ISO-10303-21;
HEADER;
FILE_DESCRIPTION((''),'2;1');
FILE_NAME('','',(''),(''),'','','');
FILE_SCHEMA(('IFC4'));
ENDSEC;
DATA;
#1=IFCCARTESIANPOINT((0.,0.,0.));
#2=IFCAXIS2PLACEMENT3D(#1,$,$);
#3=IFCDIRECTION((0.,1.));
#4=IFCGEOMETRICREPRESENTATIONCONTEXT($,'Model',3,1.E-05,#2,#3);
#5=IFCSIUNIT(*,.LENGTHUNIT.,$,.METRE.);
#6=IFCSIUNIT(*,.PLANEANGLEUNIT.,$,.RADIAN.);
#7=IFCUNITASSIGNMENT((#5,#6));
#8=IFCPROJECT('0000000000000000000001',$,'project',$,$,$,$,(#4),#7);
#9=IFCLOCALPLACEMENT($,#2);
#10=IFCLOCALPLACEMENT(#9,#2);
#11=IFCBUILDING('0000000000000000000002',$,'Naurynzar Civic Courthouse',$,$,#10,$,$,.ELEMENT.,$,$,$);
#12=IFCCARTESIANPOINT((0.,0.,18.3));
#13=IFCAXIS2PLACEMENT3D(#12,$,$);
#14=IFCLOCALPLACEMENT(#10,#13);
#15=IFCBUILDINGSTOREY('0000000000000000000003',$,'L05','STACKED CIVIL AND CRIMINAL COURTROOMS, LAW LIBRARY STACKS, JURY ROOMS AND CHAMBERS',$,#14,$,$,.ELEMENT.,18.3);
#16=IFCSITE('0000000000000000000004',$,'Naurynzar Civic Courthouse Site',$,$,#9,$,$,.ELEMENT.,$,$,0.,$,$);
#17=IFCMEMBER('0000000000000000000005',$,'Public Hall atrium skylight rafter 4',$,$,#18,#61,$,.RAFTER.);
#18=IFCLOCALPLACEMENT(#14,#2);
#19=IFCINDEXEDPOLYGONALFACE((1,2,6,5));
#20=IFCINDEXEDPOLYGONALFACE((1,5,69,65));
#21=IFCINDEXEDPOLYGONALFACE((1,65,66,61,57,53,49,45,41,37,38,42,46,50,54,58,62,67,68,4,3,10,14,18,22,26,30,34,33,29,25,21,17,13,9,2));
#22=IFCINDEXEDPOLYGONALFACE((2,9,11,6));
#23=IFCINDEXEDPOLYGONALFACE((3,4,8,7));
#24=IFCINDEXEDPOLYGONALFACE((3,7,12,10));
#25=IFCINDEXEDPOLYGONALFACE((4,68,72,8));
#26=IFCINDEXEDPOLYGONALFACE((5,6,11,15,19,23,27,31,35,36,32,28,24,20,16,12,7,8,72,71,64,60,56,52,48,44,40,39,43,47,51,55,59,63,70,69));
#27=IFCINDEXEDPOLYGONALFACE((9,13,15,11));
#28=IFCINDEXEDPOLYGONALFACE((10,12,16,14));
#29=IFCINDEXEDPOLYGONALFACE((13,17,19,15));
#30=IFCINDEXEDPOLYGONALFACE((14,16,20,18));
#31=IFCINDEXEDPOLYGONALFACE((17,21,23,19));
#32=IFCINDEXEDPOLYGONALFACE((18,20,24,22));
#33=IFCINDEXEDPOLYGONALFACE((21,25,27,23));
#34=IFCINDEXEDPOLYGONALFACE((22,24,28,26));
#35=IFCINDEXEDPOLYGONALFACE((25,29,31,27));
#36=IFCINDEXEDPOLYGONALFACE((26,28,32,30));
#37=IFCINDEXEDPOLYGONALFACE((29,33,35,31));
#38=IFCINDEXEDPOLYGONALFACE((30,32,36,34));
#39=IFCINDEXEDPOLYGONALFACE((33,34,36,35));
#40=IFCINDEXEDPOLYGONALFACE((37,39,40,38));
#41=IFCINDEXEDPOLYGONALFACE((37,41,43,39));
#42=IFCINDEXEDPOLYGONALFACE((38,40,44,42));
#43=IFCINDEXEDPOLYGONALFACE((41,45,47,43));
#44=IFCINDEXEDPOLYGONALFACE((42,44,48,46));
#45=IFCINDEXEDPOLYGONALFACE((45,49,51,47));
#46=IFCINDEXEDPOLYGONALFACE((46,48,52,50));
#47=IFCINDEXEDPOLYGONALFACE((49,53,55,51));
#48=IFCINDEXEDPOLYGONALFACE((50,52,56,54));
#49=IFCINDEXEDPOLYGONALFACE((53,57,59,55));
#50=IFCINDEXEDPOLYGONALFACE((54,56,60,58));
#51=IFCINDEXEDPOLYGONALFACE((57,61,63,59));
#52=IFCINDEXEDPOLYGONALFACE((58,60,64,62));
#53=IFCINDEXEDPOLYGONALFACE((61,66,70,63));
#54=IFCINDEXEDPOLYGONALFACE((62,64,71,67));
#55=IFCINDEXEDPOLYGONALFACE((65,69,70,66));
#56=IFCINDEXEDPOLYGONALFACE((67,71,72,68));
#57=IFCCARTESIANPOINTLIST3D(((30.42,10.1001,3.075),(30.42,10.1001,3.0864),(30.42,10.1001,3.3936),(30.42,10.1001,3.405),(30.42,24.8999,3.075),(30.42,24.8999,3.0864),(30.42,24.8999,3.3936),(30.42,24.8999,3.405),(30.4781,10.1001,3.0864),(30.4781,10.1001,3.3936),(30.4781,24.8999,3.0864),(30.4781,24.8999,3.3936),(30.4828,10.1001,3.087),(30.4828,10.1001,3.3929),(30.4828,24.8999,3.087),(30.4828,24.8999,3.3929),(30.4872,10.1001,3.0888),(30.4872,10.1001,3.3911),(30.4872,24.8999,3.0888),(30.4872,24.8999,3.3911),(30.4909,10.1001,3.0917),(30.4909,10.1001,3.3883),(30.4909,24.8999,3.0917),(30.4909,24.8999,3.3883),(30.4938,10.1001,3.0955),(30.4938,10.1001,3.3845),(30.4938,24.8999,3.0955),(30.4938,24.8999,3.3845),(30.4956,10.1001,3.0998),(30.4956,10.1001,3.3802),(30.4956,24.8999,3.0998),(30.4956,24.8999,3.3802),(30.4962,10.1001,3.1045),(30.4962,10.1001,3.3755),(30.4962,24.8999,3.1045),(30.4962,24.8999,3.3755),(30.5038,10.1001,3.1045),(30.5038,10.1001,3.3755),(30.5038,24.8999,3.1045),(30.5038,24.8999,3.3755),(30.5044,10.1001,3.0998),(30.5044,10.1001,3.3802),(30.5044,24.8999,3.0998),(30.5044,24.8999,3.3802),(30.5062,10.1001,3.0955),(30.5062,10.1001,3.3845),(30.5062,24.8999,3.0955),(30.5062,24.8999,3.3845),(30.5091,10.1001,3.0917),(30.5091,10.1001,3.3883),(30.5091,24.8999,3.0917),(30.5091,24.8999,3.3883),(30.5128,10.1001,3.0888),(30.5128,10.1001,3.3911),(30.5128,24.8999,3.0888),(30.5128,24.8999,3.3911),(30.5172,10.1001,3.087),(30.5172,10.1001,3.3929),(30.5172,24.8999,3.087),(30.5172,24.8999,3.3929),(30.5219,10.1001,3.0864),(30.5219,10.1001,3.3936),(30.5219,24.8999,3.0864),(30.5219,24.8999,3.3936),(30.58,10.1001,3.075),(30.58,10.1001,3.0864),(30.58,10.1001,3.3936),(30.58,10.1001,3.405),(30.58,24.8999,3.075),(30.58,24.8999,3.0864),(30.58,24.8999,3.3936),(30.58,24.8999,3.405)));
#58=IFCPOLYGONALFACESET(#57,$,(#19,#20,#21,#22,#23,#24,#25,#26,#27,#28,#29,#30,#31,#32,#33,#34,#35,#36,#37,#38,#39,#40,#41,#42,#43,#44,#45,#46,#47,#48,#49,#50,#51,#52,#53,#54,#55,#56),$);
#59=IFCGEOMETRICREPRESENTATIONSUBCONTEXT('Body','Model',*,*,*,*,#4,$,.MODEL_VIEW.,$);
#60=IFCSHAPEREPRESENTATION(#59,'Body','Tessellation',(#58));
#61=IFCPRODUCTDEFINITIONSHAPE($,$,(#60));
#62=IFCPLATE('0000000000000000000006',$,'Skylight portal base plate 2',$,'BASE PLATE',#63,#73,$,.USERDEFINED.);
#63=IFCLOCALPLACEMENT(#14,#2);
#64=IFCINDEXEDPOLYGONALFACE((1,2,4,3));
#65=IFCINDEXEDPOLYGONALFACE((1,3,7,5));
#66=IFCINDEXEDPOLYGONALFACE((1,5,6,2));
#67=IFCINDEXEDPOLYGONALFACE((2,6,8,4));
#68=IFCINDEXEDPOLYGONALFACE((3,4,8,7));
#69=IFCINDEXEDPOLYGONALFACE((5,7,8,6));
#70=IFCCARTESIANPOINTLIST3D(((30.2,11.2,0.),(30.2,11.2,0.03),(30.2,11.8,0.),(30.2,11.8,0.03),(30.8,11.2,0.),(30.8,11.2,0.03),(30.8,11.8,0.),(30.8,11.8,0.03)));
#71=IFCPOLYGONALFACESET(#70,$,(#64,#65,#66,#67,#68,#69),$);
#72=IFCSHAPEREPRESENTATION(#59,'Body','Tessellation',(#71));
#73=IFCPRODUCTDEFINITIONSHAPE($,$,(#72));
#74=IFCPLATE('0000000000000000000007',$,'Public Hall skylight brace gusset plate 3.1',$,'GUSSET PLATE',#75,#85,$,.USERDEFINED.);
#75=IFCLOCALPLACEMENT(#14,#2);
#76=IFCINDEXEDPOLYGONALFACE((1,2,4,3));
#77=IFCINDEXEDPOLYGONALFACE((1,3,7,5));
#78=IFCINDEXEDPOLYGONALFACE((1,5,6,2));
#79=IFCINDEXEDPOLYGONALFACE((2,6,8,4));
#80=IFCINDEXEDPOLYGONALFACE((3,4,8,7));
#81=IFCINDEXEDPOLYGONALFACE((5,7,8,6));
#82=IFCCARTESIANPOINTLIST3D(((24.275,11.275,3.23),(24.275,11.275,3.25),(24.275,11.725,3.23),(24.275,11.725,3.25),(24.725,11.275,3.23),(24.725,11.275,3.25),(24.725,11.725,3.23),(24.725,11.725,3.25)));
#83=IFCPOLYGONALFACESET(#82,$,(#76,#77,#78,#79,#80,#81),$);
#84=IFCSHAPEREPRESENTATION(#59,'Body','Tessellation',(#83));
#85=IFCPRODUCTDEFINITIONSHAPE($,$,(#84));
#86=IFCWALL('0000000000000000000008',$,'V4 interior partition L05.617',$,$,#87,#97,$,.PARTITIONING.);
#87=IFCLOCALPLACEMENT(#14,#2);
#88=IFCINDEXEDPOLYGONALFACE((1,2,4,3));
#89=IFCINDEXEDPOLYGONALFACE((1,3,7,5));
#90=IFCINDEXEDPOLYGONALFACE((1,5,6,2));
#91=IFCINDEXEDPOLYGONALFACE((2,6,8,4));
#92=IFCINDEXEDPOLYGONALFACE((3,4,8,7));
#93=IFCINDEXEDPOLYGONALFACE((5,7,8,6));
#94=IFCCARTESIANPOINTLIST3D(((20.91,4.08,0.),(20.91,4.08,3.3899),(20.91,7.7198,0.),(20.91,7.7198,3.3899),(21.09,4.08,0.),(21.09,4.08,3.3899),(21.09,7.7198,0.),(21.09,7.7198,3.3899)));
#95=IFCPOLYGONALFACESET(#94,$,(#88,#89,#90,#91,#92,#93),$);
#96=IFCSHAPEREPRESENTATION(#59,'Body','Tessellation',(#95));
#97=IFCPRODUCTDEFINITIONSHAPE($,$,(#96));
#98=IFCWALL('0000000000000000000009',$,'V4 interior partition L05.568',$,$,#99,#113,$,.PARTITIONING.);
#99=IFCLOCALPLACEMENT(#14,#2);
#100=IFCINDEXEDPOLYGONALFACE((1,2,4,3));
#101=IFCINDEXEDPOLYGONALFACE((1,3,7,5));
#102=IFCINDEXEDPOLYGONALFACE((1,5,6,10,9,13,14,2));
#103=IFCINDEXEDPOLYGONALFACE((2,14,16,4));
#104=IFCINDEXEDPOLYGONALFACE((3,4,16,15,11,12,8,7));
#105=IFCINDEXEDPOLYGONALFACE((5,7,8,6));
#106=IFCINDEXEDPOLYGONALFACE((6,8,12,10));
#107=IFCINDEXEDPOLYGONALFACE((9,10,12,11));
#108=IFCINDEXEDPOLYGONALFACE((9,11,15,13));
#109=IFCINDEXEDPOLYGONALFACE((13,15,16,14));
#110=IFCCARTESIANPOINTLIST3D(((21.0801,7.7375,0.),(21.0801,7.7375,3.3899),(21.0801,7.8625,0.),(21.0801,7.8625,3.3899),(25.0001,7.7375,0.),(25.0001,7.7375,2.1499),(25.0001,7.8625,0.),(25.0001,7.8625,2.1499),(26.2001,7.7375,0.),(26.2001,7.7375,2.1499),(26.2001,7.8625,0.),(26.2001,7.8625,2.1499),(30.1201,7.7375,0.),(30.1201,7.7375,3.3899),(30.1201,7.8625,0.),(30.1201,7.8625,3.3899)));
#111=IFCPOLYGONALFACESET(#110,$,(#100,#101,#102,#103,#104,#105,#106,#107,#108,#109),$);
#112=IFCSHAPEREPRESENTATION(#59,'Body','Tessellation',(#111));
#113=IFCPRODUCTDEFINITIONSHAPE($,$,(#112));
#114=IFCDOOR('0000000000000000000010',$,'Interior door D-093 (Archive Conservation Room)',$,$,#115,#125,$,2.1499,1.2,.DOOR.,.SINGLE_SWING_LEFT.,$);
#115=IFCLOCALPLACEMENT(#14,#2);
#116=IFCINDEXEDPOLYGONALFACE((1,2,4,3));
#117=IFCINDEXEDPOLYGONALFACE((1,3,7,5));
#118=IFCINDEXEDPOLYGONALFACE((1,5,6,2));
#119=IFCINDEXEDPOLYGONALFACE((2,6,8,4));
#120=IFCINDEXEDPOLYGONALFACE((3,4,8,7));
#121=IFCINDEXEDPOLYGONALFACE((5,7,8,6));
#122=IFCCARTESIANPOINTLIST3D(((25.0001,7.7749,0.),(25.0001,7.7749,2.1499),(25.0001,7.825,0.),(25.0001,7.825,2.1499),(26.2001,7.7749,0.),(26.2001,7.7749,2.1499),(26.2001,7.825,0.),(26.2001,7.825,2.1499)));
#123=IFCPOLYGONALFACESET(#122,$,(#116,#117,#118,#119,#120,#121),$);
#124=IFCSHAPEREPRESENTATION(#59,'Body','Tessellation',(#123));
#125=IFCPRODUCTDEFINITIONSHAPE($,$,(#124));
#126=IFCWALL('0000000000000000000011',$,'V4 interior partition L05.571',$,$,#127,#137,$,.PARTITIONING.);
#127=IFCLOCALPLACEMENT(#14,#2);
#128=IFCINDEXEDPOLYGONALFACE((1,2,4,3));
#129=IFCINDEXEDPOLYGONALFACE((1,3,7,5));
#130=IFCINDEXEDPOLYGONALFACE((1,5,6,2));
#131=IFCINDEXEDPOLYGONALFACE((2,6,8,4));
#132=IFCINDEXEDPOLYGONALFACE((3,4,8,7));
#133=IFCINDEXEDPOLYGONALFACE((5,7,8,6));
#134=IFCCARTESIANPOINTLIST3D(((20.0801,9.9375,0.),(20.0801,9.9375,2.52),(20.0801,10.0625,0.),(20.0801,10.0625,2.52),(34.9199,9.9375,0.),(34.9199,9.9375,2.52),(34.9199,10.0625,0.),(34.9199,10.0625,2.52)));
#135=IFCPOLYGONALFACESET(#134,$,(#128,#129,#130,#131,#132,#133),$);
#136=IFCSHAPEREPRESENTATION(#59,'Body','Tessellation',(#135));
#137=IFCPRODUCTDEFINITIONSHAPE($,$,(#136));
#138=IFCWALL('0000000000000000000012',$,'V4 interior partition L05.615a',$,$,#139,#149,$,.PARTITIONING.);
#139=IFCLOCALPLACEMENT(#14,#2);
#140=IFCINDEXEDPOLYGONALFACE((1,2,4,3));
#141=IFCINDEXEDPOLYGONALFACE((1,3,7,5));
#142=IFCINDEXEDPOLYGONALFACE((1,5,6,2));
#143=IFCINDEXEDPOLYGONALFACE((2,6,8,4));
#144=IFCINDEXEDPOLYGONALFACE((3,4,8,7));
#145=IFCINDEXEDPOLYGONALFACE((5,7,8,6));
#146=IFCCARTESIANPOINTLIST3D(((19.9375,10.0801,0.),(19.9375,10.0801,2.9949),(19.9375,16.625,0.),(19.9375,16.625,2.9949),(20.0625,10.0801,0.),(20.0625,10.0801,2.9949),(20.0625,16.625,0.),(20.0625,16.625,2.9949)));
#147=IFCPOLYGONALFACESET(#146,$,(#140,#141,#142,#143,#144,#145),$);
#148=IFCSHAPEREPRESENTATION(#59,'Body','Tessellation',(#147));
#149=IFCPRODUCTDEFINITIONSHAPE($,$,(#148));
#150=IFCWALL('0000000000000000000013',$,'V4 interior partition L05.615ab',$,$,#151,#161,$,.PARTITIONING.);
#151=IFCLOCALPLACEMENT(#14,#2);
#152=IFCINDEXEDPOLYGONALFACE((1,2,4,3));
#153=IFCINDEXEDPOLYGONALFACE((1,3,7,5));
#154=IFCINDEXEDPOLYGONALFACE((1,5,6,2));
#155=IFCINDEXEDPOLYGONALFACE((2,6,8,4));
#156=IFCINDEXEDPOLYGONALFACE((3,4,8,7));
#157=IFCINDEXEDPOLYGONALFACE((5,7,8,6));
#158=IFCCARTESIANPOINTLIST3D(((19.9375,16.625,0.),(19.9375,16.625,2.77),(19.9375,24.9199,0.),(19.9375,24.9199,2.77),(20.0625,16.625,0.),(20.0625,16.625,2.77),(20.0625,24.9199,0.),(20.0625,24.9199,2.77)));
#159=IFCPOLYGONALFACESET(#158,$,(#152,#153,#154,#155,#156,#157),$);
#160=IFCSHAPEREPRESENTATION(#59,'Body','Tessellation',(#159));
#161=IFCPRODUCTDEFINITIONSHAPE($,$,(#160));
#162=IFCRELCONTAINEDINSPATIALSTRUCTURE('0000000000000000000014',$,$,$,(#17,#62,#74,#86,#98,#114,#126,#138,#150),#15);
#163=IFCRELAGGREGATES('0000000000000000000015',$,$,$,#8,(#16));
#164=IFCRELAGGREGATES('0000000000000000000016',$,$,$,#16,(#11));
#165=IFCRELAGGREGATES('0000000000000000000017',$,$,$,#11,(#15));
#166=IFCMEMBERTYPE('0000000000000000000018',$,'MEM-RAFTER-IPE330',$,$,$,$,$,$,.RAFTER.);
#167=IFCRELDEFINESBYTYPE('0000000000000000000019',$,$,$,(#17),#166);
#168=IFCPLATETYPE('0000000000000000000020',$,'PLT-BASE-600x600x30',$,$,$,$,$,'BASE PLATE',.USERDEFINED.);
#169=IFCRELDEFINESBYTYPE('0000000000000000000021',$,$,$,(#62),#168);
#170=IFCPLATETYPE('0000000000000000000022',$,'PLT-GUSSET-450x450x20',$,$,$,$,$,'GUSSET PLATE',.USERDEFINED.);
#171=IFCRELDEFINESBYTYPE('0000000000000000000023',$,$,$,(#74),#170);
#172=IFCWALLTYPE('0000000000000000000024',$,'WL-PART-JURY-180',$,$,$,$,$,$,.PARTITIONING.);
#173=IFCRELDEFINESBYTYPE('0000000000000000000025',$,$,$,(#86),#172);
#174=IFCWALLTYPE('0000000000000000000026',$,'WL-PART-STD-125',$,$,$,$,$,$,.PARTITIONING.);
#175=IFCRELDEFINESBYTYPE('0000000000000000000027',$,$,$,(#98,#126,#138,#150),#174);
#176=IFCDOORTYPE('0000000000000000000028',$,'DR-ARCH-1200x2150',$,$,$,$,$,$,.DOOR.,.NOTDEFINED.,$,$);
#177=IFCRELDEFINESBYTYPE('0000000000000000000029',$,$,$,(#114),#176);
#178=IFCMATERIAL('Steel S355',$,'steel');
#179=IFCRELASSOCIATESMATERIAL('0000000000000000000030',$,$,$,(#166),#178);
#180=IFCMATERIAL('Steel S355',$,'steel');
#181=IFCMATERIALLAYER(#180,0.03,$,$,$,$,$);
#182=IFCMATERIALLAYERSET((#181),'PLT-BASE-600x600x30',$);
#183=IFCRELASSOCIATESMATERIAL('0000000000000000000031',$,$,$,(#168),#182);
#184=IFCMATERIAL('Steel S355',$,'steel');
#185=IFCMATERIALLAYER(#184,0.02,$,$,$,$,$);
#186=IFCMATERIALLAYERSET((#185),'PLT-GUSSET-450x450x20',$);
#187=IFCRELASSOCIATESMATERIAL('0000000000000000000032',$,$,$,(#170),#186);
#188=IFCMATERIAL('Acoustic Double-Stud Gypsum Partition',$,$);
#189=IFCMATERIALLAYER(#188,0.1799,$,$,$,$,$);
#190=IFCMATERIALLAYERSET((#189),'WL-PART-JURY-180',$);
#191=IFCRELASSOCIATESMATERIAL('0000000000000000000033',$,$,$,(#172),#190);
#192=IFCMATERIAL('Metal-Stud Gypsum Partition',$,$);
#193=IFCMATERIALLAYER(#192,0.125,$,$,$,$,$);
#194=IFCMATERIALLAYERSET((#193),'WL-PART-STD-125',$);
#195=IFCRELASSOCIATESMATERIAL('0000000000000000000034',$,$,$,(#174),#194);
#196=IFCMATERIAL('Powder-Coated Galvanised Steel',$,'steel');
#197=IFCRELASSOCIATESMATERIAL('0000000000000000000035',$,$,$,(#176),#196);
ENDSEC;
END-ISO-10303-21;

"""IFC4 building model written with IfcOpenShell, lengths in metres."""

from ifc_helpers import new_model, si_unit, direction, frame, frame_2d, origin, origin_2d, place, context, subcontext, project, spatial, rectangle, i_section, extrude, material, layer, layer_set, material_profile, profile_set, type_object, element, fill, save


model = new_model("IFC4")

# Units and contexts
model_context = context("Model", 3, precision=1e-05, world=origin(), true_north=direction((0.0, 1.0)))
body_context = subcontext(model_context, "Body", "Model", "MODEL_VIEW")
ifc_project = project(units=[si_unit("LENGTHUNIT", "METRE"), si_unit("PLANEANGLEUNIT", "RADIAN")], contexts=[model_context])

# Site, building, storey
site_placement = place(None, origin())
site = spatial("IfcSite", under=ifc_project, at=site_placement, Name="Naurynzar Civic Courthouse Site", CompositionType="ELEMENT", RefElevation=0.0)
building_placement = place(site_placement, origin())
building = spatial("IfcBuilding", under=site, at=building_placement, Name="Naurynzar Civic Courthouse", CompositionType="ELEMENT")
storey_placement = place(building_placement, frame((0.0, 0.0, 18.3)))
storey = spatial("IfcBuildingStorey", under=building, at=storey_placement, Name="L05", Description="STACKED CIVIL AND CRIMINAL COURTROOMS, LAW LIBRARY STACKS, JURY ROOMS AND CHAMBERS", CompositionType="ELEMENT", Elevation=18.3)

# Member
ifc_material_1 = material(Name="Steel S355", Category="steel")
ifc_material_profile_1 = material_profile(ifc_material_1, i_section(OverallWidth=0.1599, OverallDepth=0.3301, WebThickness=0.0076, FlangeThickness=0.0115, FilletRadius=0.0181, at=origin_2d()), Name="IPE 330")
ifc_profile_set_1 = profile_set([ifc_material_profile_1], Name="Steel S355")
member_type_1 = type_object("IfcMemberType", Name="MEM-RAFTER-IPE330", PredefinedType="RAFTER", material=ifc_profile_set_1)
for number, where, z_axis, x_axis, name in (
    (1, (30.5, 10.1001, 3.24), (0.0, 1.0, 0.0), (-1.0, 0.0, 0.0), "Public Hall atrium skylight rafter 4"),
):
    element("IfcMember", number, at=place(storey_placement, frame(where, z_axis=z_axis, x_axis=x_axis)), inside=storey, type_object=member_type_1, Name=name, PredefinedType="RAFTER", context=body_context, shape_type="SweptSolid", body=[
        extrude(i_section(OverallWidth=0.1599, OverallDepth=0.3301, WebThickness=0.0076, FlangeThickness=0.0115, FilletRadius=0.0181, at=origin_2d()), origin(), (0.0, 0.0, 1.0), 14.7998),
    ])

# Plates
ifc_material_2 = material(Name="Steel S355", Category="steel")
ifc_layer_1 = layer(ifc_material_2, 0.03)
ifc_layer_set_1 = layer_set([ifc_layer_1], Name="PLT-BASE-600x600x30")
plate_type_1 = type_object("IfcPlateType", Name="PLT-BASE-600x600x30", ElementType="BASE PLATE", PredefinedType="USERDEFINED", material=ifc_layer_set_1)
plate_1_placement = place(storey_placement, frame((30.5, 11.5, 0.0), z_axis=(0.0, 0.0, 1.0), x_axis=(1.0, 0.0, 0.0)))
element("IfcPlate", 2, at=plate_1_placement, inside=storey, type_object=plate_type_1, Name="Skylight portal base plate 2", ObjectType="BASE PLATE", PredefinedType="USERDEFINED", context=body_context, shape_type="SweptSolid", body=[
    extrude(rectangle(XDim=0.6001, YDim=0.6001, at=origin_2d()), origin(), (0.0, 0.0, 1.0), 0.03),
])
ifc_material_3 = material(Name="Steel S355", Category="steel")
ifc_layer_2 = layer(ifc_material_3, 0.02)
ifc_layer_set_2 = layer_set([ifc_layer_2], Name="PLT-GUSSET-450x450x20")
plate_type_2 = type_object("IfcPlateType", Name="PLT-GUSSET-450x450x20", ElementType="GUSSET PLATE", PredefinedType="USERDEFINED", material=ifc_layer_set_2)
plate_2_placement = place(storey_placement, frame((24.5, 11.5, 3.23), z_axis=(0.0, 0.0, 1.0), x_axis=(1.0, 0.0, 0.0)))
element("IfcPlate", 3, at=plate_2_placement, inside=storey, type_object=plate_type_2, Name="Public Hall skylight brace gusset plate 3.1", ObjectType="GUSSET PLATE", PredefinedType="USERDEFINED", context=body_context, shape_type="SweptSolid", body=[
    extrude(rectangle(XDim=0.45, YDim=0.45, at=origin_2d()), origin(), (0.0, 0.0, 1.0), 0.02),
])

# Wall
ifc_material_4 = material(Name="Acoustic Double-Stud Gypsum Partition")
ifc_layer_3 = layer(ifc_material_4, 0.1799)
ifc_layer_set_3 = layer_set([ifc_layer_3], Name="WL-PART-JURY-180")
wall_type_1 = type_object("IfcWallType", Name="WL-PART-JURY-180", PredefinedType="PARTITIONING", material=ifc_layer_set_3)
wall_1_placement = place(storey_placement, frame((21.0, 4.0801, 0.0), z_axis=(0.0, 0.0, 1.0), x_axis=(0.0, 1.0, 0.0)))
element("IfcWall", 4, at=wall_1_placement, inside=storey, type_object=wall_type_1, Name="V4 interior partition L05.617", PredefinedType="PARTITIONING", context=body_context, shape_type="SweptSolid", body=[
    extrude(rectangle(XDim=3.6399, YDim=0.1799, at=frame_2d((1.8198, 0.0))), origin(), (0.0, 0.0, 1.0), 3.3899),
])

# Wall, opening, door
ifc_material_5 = material(Name="Metal-Stud Gypsum Partition")
ifc_layer_4 = layer(ifc_material_5, 0.125)
ifc_layer_set_4 = layer_set([ifc_layer_4], Name="WL-PART-STD-125")
wall_type_2 = type_object("IfcWallType", Name="WL-PART-STD-125", PredefinedType="PARTITIONING", material=ifc_layer_set_4)
wall_2_placement = place(storey_placement, frame((21.0801, 7.8, 0.0), z_axis=(0.0, 0.0, 1.0), x_axis=(1.0, 0.0, 0.0)))
wall_2 = element("IfcWall", 5, at=wall_2_placement, inside=storey, type_object=wall_type_2, Name="V4 interior partition L05.568", PredefinedType="PARTITIONING", context=body_context, shape_type="SweptSolid", body=[
    extrude(rectangle(XDim=9.04, YDim=0.125, at=frame_2d((4.52, 0.0))), origin(), (0.0, 0.0, 1.0), 3.3899),
])
opening_1_placement = place(wall_2_placement, frame((3.9199, 0.0, 0.0)))
opening_1 = element("IfcOpeningElement", 6, at=opening_1_placement, cuts=wall_2, PredefinedType="OPENING", context=body_context, shape_type="SweptSolid", body=[
    extrude(rectangle(XDim=1.2, YDim=2.1499, at=frame_2d((0.6001, 1.075))), frame((0.0, 0.0725, 0.0), z_axis=(0.0, -1.0, 0.0), x_axis=(1.0, 0.0, 0.0)), (0.0, 0.0, 1.0), 0.145),
])
ifc_material_6 = material(Name="Powder-Coated Galvanised Steel", Category="steel")
door_type_1 = type_object("IfcDoorType", Name="DR-ARCH-1200x2150", OperationType="NOTDEFINED", PredefinedType="DOOR", material=ifc_material_6)
door_1_placement = place(opening_1_placement, origin())
door_1 = element("IfcDoor", 7, at=door_1_placement, inside=storey, type_object=door_type_1, Name="Interior door D-093 (Archive Conservation Room)", OperationType="SINGLE_SWING_LEFT", OverallHeight=2.1499, OverallWidth=1.2, PredefinedType="DOOR", context=body_context, shape_type="SweptSolid", body=[
    extrude(rectangle(XDim=1.2, YDim=2.1499, at=frame_2d((0.6001, 1.075))), frame((0.0, 0.0249, 0.0), z_axis=(0.0, -1.0, 0.0), x_axis=(1.0, 0.0, 0.0)), (0.0, 0.0, 1.0), 0.05),
])
fill(opening_1, door_1)

# Walls
wall_3_placement = place(storey_placement, frame((20.0801, 10.0, 0.0), z_axis=(0.0, 0.0, 1.0), x_axis=(1.0, 0.0, 0.0)))
element("IfcWall", 8, at=wall_3_placement, inside=storey, type_object=wall_type_2, Name="V4 interior partition L05.571", PredefinedType="PARTITIONING", context=body_context, shape_type="SweptSolid", body=[
    extrude(rectangle(XDim=14.8398, YDim=0.125, at=frame_2d((7.4199, 0.0))), origin(), (0.0, 0.0, 1.0), 2.52),
])
wall_4_placement = place(storey_placement, frame((20.0, 10.0801, 0.0), z_axis=(0.0, 0.0, 1.0), x_axis=(0.0, 1.0, 0.0)))
element("IfcWall", 9, at=wall_4_placement, inside=storey, type_object=wall_type_2, Name="V4 interior partition L05.615a", PredefinedType="PARTITIONING", context=body_context, shape_type="SweptSolid", body=[
    extrude(rectangle(XDim=6.5449, YDim=0.125, at=frame_2d((3.2725, 0.0))), origin(), (0.0, 0.0, 1.0), 2.9949),
])
wall_5_placement = place(storey_placement, frame((20.0, 16.625, 0.0), z_axis=(0.0, 0.0, 1.0), x_axis=(0.0, 1.0, 0.0)))
element("IfcWall", 10, at=wall_5_placement, inside=storey, type_object=wall_type_2, Name="V4 interior partition L05.615ab", PredefinedType="PARTITIONING", context=body_context, shape_type="SweptSolid", body=[
    extrude(rectangle(XDim=8.2949, YDim=0.125, at=frame_2d((4.1475, 0.0))), origin(), (0.0, 0.0, 1.0), 2.77),
])

save(model, "model.ifc")
